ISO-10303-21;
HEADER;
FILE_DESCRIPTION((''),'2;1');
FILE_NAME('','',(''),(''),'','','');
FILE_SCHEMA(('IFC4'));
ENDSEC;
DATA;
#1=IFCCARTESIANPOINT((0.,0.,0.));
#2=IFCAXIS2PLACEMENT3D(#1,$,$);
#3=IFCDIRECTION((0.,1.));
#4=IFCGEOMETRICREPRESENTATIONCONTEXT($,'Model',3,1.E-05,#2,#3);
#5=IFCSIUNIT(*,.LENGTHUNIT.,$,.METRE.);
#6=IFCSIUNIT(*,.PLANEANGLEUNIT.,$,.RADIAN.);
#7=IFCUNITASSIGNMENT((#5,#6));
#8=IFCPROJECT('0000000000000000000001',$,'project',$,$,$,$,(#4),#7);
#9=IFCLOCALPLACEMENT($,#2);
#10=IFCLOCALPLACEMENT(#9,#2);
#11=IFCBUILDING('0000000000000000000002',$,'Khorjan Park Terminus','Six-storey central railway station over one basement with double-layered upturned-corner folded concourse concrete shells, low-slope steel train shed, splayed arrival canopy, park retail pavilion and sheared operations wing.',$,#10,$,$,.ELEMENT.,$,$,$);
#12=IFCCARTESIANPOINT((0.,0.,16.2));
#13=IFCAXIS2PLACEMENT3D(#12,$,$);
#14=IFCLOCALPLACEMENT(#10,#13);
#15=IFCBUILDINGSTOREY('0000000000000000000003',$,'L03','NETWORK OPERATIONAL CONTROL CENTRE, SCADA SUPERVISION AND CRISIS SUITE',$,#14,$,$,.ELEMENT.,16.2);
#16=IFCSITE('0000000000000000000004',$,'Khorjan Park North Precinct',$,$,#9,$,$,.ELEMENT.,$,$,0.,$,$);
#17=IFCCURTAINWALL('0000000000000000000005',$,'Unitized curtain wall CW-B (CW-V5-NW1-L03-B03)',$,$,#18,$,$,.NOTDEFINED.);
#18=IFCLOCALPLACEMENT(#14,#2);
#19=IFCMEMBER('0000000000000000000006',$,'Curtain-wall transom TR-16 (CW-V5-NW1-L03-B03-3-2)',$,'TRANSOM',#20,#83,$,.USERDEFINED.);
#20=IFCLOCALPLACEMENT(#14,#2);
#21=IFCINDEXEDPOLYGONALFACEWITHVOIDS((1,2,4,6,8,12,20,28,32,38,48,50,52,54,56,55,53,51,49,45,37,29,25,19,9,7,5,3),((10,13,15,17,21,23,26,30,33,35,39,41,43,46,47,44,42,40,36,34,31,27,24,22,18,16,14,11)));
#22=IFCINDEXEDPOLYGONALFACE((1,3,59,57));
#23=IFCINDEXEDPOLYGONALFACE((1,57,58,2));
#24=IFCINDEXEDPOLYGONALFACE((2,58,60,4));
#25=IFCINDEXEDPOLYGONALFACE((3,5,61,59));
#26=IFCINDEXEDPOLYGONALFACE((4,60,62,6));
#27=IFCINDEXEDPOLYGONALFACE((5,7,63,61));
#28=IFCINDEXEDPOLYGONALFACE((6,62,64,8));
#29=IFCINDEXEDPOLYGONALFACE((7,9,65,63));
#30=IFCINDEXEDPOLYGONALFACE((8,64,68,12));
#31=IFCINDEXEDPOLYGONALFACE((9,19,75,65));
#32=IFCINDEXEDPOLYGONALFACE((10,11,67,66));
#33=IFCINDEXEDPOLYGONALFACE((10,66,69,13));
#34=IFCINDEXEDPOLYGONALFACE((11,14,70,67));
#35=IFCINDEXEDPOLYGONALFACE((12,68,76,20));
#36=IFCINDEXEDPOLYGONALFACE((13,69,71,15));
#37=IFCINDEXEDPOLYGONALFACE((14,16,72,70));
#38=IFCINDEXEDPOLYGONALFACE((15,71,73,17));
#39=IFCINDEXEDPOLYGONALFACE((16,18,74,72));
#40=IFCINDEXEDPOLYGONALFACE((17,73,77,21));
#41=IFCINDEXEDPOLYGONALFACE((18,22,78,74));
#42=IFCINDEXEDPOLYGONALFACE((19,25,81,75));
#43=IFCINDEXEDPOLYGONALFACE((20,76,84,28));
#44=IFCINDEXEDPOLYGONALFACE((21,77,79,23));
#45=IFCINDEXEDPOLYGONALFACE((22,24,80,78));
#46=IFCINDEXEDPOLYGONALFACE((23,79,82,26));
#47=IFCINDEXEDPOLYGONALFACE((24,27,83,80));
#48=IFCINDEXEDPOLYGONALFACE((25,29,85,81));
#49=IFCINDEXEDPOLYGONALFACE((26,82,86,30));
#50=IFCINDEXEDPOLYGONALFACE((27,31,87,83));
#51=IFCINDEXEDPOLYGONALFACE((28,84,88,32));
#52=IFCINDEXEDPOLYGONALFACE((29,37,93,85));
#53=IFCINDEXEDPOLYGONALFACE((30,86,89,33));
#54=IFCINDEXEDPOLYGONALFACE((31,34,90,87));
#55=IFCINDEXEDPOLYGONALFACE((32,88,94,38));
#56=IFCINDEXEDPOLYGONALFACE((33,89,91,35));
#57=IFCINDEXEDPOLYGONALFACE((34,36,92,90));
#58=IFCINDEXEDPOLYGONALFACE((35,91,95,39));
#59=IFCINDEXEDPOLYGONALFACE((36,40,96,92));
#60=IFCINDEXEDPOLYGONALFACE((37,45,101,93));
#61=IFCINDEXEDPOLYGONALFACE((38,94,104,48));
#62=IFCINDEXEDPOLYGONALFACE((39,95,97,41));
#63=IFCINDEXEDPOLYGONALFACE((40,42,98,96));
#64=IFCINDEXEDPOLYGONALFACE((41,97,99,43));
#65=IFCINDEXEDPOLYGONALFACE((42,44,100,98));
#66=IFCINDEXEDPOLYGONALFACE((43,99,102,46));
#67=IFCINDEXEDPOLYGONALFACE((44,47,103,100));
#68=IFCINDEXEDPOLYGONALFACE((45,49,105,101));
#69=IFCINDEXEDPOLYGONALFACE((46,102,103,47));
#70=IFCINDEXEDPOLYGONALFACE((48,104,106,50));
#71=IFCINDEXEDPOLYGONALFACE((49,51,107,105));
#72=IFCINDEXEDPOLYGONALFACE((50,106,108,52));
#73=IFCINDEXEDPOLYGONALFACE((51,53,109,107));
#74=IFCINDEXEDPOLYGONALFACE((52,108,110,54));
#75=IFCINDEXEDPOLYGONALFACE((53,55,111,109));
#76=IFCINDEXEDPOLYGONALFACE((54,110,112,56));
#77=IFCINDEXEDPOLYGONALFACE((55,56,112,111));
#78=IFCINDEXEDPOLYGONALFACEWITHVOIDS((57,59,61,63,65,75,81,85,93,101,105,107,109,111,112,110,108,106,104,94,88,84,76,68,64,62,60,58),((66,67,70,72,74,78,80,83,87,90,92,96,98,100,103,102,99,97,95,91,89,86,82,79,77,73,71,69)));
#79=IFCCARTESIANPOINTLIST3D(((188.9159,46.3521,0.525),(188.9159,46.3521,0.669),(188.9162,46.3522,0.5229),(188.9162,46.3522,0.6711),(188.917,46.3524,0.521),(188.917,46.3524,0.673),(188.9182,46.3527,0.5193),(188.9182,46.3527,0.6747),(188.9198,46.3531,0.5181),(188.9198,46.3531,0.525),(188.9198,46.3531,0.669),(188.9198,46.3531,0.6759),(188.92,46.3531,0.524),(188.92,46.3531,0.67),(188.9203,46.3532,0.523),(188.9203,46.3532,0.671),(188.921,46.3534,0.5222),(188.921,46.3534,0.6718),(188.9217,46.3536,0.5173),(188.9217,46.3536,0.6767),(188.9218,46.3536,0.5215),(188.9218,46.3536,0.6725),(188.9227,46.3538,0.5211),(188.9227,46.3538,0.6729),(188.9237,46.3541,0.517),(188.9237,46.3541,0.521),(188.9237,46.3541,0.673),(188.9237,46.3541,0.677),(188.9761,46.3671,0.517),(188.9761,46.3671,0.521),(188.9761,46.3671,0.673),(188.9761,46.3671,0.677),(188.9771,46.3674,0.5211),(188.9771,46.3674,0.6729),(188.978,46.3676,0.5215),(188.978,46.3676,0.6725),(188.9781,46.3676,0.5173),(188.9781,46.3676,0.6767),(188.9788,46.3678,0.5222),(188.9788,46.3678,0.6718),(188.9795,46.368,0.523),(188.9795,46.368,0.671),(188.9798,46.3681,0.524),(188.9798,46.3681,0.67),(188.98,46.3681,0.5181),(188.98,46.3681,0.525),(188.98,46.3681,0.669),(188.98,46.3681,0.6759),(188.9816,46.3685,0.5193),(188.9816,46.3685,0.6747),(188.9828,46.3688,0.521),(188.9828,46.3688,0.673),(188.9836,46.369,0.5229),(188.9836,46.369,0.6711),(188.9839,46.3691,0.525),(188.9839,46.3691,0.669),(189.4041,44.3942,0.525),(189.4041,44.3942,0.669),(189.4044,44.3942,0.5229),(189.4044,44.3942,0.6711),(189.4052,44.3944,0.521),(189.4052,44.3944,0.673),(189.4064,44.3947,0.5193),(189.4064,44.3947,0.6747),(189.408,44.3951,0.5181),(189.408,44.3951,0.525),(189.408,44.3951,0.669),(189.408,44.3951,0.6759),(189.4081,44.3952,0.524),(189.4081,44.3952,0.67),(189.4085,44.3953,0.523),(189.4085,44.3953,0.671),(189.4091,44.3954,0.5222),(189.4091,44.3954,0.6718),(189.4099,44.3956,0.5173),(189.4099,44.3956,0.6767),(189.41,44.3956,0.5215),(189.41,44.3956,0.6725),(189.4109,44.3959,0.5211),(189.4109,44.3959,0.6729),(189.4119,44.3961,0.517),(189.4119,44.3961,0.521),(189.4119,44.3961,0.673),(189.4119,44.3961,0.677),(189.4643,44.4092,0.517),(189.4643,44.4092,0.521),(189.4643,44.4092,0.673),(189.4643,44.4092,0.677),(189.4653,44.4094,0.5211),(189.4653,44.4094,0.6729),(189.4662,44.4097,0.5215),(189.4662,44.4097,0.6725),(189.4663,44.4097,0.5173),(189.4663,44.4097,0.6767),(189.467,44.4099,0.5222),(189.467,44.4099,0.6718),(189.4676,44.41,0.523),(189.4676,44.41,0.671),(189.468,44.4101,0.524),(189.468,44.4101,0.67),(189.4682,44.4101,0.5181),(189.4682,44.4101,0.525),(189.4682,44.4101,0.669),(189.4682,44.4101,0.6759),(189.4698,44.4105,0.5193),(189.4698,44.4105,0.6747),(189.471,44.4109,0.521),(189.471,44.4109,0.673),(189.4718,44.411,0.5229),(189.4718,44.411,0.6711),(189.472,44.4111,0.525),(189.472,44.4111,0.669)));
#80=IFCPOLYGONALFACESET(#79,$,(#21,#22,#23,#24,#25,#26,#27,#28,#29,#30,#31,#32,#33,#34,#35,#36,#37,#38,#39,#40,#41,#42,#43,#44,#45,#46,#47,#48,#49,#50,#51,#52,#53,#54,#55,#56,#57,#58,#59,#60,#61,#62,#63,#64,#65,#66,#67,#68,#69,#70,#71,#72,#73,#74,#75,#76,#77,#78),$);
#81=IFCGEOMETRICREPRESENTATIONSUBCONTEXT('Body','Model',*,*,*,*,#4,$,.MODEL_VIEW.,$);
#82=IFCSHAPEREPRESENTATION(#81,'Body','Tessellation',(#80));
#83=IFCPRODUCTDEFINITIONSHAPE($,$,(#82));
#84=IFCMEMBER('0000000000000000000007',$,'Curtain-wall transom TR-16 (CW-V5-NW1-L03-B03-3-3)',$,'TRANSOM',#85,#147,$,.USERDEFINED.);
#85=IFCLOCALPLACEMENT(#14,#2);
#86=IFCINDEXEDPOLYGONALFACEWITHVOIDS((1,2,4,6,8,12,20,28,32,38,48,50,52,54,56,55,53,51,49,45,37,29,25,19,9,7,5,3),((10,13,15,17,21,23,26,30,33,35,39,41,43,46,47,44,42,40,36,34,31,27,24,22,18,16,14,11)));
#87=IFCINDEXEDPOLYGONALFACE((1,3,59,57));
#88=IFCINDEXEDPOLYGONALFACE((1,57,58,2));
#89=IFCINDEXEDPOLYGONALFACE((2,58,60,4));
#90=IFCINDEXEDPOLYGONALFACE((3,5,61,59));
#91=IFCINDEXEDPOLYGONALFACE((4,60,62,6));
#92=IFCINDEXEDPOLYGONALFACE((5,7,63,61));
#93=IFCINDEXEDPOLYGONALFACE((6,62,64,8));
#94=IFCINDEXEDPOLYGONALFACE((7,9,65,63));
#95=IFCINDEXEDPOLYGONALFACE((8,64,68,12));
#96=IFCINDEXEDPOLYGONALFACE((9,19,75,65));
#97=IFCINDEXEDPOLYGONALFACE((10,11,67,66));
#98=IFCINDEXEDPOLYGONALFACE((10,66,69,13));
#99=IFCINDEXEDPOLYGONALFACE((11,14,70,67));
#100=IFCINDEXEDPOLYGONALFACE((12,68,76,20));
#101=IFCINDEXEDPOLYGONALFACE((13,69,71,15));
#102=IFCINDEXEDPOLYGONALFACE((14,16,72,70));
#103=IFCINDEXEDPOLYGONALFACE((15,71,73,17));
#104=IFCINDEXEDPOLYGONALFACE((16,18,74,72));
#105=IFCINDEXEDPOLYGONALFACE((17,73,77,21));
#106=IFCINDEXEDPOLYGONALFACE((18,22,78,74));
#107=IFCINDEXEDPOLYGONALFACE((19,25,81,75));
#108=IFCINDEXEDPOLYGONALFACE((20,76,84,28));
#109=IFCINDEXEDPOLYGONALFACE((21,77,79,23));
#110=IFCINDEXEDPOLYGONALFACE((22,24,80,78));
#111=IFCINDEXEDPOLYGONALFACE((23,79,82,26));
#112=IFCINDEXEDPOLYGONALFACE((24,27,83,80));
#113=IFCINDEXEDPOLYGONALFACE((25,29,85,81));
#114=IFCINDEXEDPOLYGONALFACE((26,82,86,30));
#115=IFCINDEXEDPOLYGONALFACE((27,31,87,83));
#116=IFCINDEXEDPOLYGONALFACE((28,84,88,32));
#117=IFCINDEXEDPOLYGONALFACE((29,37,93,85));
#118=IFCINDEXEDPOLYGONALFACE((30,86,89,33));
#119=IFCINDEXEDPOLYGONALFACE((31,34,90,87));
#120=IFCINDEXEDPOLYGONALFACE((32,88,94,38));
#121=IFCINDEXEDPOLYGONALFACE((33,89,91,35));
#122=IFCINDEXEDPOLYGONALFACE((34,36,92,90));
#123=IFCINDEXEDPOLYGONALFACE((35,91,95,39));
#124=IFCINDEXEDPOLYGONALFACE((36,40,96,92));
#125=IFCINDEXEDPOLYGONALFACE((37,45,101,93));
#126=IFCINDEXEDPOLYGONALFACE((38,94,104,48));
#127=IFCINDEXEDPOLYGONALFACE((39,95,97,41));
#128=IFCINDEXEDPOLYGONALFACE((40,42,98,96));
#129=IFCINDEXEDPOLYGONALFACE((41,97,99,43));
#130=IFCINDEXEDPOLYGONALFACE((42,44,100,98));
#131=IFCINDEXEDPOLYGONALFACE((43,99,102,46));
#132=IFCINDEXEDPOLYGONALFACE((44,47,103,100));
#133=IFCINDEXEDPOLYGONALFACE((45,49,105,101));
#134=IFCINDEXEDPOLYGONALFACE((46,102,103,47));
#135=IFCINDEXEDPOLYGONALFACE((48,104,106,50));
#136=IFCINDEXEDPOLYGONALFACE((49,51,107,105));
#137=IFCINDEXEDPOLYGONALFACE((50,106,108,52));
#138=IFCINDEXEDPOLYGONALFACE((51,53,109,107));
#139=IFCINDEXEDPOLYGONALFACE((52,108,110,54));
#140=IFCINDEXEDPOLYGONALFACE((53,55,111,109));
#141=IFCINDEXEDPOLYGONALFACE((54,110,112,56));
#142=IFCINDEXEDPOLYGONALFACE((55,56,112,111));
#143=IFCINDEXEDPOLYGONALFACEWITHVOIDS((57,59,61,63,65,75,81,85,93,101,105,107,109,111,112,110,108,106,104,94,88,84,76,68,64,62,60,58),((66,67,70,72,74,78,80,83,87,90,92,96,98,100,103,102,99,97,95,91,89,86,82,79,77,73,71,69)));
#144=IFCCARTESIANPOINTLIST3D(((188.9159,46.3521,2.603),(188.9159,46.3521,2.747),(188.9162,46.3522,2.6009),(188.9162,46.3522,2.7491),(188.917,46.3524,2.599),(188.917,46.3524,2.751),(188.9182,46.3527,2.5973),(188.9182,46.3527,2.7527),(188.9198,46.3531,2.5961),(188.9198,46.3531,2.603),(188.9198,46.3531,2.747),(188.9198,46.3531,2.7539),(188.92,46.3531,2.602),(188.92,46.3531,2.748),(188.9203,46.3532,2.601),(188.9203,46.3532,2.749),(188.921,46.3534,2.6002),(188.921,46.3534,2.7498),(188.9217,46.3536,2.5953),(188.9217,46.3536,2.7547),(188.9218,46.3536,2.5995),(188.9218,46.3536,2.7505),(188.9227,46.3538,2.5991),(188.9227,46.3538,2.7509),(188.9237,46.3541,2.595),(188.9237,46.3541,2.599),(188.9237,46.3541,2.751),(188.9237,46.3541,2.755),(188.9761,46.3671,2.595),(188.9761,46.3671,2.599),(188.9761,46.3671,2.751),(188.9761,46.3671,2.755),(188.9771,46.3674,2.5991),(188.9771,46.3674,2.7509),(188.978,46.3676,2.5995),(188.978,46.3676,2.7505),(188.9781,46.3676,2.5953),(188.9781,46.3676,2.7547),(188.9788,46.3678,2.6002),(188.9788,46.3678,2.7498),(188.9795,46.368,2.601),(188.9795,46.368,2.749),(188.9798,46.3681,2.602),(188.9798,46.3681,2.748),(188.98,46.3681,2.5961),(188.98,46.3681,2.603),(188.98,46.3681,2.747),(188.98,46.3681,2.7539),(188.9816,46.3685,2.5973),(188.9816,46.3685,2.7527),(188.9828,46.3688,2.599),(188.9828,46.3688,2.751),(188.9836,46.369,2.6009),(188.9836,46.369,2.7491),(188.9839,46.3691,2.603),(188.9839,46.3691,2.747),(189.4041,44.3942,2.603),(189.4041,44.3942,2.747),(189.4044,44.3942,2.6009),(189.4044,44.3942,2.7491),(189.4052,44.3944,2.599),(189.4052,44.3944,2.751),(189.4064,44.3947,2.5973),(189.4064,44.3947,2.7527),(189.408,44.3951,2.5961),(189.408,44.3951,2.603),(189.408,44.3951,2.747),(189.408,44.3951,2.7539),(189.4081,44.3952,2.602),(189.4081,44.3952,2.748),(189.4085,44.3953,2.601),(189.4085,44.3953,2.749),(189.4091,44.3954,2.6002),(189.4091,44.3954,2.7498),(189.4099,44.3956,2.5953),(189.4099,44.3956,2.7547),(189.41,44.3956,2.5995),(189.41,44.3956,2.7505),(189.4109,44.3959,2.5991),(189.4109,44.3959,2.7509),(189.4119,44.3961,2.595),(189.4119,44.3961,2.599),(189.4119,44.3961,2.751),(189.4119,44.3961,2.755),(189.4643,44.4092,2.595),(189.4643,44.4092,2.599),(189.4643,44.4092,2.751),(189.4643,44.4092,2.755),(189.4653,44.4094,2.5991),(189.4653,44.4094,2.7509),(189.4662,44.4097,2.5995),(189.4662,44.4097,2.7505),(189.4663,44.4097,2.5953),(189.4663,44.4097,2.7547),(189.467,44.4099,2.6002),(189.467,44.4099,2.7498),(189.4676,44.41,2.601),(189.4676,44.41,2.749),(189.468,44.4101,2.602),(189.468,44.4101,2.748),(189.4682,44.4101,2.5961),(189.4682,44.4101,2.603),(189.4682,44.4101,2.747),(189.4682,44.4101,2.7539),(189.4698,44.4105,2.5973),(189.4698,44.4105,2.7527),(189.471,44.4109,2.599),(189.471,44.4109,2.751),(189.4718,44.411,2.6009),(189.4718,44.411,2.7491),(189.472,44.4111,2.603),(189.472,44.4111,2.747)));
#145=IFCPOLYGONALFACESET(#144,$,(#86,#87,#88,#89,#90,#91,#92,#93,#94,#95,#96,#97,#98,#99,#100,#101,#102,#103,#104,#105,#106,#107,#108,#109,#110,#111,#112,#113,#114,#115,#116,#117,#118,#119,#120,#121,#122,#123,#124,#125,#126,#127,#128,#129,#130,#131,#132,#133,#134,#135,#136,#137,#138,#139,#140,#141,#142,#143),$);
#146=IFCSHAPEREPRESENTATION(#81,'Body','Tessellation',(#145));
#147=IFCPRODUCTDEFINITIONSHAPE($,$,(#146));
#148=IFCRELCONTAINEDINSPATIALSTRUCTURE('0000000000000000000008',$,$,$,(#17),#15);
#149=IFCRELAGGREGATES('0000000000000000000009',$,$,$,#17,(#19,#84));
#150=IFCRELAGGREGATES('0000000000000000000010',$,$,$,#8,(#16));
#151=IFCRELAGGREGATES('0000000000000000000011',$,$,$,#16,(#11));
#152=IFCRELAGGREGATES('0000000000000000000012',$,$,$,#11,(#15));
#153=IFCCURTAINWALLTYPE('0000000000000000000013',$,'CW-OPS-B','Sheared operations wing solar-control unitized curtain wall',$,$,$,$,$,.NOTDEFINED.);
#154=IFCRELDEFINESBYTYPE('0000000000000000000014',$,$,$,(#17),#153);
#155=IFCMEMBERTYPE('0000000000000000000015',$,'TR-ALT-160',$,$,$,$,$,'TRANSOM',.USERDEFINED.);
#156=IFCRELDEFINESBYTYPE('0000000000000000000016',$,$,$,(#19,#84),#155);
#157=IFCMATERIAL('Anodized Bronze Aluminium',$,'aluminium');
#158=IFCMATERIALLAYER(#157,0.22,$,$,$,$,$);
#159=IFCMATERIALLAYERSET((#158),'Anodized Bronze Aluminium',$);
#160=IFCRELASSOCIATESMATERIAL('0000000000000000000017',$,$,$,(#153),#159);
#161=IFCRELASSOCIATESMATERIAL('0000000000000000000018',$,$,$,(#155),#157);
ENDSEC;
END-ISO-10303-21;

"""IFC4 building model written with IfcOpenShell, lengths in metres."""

from ifc_helpers import new_model, si_unit, direction, frame, origin, origin_2d, place, context, subcontext, project, spatial, hollow_rectangle, extrude, material, layer, layer_set, material_profile, profile_set, type_object, element, aggregate, save


model = new_model("IFC4")

# Units and contexts
model_context = context("Model", 3, precision=1e-05, world=origin(), true_north=direction((0.0, 1.0)))
body_context = subcontext(model_context, "Body", "Model", "MODEL_VIEW")
ifc_project = project(units=[si_unit("LENGTHUNIT", "METRE"), si_unit("PLANEANGLEUNIT", "RADIAN")], contexts=[model_context])

# Site, building, storey
site_placement = place(None, origin())
site = spatial("IfcSite", under=ifc_project, at=site_placement, Name="Khorjan Park North Precinct", CompositionType="ELEMENT", RefElevation=0.0)
building_placement = place(site_placement, origin())
building = spatial("IfcBuilding", under=site, at=building_placement, Name="Khorjan Park Terminus", Description="Six-storey central railway station over one basement with double-layered upturned-corner folded concourse concrete shells, low-slope steel train shed, splayed arrival canopy, park retail pavilion and sheared operations wing.", CompositionType="ELEMENT")
storey_placement = place(building_placement, frame((0.0, 0.0, 16.2)))
storey = spatial("IfcBuildingStorey", under=building, at=storey_placement, Name="L03", Description="NETWORK OPERATIONAL CONTROL CENTRE, SCADA SUPERVISION AND CRISIS SUITE", CompositionType="ELEMENT", Elevation=16.2)

# Curtain wall, members
ifc_material_1 = material(Name="Anodized Bronze Aluminium", Category="aluminium")
ifc_layer_1 = layer(ifc_material_1, 0.22)
ifc_layer_set_1 = layer_set([ifc_layer_1], Name="Anodized Bronze Aluminium")
curtain_wall_type = type_object("IfcCurtainWallType", Name="CW-OPS-B", Description="Sheared operations wing solar-control unitized curtain wall", PredefinedType="NOTDEFINED", material=ifc_layer_set_1)
curtain_wall_placement = place(storey_placement, origin())
curtain_wall = element("IfcCurtainWall", 1, at=curtain_wall_placement, inside=storey, type_object=curtain_wall_type, Name="Unitized curtain wall CW-B (CW-V5-NW1-L03-B03)", PredefinedType="NOTDEFINED")
ifc_material_profile_1 = material_profile(ifc_material_1, hollow_rectangle(XDim=0.07, YDim=0.16, WallThickness=0.004, InnerFilletRadius=0.004, OuterFilletRadius=0.008, at=origin_2d()), Name="ALT 70x160x4")
ifc_profile_set_1 = profile_set([ifc_material_profile_1], Name="Anodized Bronze Aluminium")
member_type_1 = type_object("IfcMemberType", Name="TR-ALT-160", ElementType="TRANSOM", PredefinedType="USERDEFINED", material=ifc_profile_set_1)
member_1_placement = place(storey_placement, frame((188.9499, 46.3606, 0.597), z_axis=(0.241929, -0.970294, 0.0), x_axis=(0.970294, 0.241929, 0.0)))
member_1 = element("IfcMember", 2, at=member_1_placement, type_object=member_type_1, Name="Curtain-wall transom TR-16 (CW-V5-NW1-L03-B03-3-2)", ObjectType="TRANSOM", PredefinedType="USERDEFINED", context=body_context, shape_type="SweptSolid", body=[
    extrude(hollow_rectangle(XDim=0.07, YDim=0.16, WallThickness=0.004, InnerFilletRadius=0.004, OuterFilletRadius=0.008, at=origin_2d()), origin(), (0.0, 0.0, 1.0), 2.0179),
])
member_2_placement = place(storey_placement, frame((188.9499, 46.3606, 2.675), z_axis=(0.241929, -0.970294, 0.0), x_axis=(0.970294, 0.241929, 0.0)))
member_2 = element("IfcMember", 3, at=member_2_placement, type_object=member_type_1, Name="Curtain-wall transom TR-16 (CW-V5-NW1-L03-B03-3-3)", ObjectType="TRANSOM", PredefinedType="USERDEFINED", context=body_context, shape_type="SweptSolid", body=[
    extrude(hollow_rectangle(XDim=0.07, YDim=0.16, WallThickness=0.004, InnerFilletRadius=0.004, OuterFilletRadius=0.008, at=origin_2d()), origin(), (0.0, 0.0, 1.0), 2.0179),
])
aggregate(curtain_wall, [member_1, member_2])

save(model, "model.ifc")
